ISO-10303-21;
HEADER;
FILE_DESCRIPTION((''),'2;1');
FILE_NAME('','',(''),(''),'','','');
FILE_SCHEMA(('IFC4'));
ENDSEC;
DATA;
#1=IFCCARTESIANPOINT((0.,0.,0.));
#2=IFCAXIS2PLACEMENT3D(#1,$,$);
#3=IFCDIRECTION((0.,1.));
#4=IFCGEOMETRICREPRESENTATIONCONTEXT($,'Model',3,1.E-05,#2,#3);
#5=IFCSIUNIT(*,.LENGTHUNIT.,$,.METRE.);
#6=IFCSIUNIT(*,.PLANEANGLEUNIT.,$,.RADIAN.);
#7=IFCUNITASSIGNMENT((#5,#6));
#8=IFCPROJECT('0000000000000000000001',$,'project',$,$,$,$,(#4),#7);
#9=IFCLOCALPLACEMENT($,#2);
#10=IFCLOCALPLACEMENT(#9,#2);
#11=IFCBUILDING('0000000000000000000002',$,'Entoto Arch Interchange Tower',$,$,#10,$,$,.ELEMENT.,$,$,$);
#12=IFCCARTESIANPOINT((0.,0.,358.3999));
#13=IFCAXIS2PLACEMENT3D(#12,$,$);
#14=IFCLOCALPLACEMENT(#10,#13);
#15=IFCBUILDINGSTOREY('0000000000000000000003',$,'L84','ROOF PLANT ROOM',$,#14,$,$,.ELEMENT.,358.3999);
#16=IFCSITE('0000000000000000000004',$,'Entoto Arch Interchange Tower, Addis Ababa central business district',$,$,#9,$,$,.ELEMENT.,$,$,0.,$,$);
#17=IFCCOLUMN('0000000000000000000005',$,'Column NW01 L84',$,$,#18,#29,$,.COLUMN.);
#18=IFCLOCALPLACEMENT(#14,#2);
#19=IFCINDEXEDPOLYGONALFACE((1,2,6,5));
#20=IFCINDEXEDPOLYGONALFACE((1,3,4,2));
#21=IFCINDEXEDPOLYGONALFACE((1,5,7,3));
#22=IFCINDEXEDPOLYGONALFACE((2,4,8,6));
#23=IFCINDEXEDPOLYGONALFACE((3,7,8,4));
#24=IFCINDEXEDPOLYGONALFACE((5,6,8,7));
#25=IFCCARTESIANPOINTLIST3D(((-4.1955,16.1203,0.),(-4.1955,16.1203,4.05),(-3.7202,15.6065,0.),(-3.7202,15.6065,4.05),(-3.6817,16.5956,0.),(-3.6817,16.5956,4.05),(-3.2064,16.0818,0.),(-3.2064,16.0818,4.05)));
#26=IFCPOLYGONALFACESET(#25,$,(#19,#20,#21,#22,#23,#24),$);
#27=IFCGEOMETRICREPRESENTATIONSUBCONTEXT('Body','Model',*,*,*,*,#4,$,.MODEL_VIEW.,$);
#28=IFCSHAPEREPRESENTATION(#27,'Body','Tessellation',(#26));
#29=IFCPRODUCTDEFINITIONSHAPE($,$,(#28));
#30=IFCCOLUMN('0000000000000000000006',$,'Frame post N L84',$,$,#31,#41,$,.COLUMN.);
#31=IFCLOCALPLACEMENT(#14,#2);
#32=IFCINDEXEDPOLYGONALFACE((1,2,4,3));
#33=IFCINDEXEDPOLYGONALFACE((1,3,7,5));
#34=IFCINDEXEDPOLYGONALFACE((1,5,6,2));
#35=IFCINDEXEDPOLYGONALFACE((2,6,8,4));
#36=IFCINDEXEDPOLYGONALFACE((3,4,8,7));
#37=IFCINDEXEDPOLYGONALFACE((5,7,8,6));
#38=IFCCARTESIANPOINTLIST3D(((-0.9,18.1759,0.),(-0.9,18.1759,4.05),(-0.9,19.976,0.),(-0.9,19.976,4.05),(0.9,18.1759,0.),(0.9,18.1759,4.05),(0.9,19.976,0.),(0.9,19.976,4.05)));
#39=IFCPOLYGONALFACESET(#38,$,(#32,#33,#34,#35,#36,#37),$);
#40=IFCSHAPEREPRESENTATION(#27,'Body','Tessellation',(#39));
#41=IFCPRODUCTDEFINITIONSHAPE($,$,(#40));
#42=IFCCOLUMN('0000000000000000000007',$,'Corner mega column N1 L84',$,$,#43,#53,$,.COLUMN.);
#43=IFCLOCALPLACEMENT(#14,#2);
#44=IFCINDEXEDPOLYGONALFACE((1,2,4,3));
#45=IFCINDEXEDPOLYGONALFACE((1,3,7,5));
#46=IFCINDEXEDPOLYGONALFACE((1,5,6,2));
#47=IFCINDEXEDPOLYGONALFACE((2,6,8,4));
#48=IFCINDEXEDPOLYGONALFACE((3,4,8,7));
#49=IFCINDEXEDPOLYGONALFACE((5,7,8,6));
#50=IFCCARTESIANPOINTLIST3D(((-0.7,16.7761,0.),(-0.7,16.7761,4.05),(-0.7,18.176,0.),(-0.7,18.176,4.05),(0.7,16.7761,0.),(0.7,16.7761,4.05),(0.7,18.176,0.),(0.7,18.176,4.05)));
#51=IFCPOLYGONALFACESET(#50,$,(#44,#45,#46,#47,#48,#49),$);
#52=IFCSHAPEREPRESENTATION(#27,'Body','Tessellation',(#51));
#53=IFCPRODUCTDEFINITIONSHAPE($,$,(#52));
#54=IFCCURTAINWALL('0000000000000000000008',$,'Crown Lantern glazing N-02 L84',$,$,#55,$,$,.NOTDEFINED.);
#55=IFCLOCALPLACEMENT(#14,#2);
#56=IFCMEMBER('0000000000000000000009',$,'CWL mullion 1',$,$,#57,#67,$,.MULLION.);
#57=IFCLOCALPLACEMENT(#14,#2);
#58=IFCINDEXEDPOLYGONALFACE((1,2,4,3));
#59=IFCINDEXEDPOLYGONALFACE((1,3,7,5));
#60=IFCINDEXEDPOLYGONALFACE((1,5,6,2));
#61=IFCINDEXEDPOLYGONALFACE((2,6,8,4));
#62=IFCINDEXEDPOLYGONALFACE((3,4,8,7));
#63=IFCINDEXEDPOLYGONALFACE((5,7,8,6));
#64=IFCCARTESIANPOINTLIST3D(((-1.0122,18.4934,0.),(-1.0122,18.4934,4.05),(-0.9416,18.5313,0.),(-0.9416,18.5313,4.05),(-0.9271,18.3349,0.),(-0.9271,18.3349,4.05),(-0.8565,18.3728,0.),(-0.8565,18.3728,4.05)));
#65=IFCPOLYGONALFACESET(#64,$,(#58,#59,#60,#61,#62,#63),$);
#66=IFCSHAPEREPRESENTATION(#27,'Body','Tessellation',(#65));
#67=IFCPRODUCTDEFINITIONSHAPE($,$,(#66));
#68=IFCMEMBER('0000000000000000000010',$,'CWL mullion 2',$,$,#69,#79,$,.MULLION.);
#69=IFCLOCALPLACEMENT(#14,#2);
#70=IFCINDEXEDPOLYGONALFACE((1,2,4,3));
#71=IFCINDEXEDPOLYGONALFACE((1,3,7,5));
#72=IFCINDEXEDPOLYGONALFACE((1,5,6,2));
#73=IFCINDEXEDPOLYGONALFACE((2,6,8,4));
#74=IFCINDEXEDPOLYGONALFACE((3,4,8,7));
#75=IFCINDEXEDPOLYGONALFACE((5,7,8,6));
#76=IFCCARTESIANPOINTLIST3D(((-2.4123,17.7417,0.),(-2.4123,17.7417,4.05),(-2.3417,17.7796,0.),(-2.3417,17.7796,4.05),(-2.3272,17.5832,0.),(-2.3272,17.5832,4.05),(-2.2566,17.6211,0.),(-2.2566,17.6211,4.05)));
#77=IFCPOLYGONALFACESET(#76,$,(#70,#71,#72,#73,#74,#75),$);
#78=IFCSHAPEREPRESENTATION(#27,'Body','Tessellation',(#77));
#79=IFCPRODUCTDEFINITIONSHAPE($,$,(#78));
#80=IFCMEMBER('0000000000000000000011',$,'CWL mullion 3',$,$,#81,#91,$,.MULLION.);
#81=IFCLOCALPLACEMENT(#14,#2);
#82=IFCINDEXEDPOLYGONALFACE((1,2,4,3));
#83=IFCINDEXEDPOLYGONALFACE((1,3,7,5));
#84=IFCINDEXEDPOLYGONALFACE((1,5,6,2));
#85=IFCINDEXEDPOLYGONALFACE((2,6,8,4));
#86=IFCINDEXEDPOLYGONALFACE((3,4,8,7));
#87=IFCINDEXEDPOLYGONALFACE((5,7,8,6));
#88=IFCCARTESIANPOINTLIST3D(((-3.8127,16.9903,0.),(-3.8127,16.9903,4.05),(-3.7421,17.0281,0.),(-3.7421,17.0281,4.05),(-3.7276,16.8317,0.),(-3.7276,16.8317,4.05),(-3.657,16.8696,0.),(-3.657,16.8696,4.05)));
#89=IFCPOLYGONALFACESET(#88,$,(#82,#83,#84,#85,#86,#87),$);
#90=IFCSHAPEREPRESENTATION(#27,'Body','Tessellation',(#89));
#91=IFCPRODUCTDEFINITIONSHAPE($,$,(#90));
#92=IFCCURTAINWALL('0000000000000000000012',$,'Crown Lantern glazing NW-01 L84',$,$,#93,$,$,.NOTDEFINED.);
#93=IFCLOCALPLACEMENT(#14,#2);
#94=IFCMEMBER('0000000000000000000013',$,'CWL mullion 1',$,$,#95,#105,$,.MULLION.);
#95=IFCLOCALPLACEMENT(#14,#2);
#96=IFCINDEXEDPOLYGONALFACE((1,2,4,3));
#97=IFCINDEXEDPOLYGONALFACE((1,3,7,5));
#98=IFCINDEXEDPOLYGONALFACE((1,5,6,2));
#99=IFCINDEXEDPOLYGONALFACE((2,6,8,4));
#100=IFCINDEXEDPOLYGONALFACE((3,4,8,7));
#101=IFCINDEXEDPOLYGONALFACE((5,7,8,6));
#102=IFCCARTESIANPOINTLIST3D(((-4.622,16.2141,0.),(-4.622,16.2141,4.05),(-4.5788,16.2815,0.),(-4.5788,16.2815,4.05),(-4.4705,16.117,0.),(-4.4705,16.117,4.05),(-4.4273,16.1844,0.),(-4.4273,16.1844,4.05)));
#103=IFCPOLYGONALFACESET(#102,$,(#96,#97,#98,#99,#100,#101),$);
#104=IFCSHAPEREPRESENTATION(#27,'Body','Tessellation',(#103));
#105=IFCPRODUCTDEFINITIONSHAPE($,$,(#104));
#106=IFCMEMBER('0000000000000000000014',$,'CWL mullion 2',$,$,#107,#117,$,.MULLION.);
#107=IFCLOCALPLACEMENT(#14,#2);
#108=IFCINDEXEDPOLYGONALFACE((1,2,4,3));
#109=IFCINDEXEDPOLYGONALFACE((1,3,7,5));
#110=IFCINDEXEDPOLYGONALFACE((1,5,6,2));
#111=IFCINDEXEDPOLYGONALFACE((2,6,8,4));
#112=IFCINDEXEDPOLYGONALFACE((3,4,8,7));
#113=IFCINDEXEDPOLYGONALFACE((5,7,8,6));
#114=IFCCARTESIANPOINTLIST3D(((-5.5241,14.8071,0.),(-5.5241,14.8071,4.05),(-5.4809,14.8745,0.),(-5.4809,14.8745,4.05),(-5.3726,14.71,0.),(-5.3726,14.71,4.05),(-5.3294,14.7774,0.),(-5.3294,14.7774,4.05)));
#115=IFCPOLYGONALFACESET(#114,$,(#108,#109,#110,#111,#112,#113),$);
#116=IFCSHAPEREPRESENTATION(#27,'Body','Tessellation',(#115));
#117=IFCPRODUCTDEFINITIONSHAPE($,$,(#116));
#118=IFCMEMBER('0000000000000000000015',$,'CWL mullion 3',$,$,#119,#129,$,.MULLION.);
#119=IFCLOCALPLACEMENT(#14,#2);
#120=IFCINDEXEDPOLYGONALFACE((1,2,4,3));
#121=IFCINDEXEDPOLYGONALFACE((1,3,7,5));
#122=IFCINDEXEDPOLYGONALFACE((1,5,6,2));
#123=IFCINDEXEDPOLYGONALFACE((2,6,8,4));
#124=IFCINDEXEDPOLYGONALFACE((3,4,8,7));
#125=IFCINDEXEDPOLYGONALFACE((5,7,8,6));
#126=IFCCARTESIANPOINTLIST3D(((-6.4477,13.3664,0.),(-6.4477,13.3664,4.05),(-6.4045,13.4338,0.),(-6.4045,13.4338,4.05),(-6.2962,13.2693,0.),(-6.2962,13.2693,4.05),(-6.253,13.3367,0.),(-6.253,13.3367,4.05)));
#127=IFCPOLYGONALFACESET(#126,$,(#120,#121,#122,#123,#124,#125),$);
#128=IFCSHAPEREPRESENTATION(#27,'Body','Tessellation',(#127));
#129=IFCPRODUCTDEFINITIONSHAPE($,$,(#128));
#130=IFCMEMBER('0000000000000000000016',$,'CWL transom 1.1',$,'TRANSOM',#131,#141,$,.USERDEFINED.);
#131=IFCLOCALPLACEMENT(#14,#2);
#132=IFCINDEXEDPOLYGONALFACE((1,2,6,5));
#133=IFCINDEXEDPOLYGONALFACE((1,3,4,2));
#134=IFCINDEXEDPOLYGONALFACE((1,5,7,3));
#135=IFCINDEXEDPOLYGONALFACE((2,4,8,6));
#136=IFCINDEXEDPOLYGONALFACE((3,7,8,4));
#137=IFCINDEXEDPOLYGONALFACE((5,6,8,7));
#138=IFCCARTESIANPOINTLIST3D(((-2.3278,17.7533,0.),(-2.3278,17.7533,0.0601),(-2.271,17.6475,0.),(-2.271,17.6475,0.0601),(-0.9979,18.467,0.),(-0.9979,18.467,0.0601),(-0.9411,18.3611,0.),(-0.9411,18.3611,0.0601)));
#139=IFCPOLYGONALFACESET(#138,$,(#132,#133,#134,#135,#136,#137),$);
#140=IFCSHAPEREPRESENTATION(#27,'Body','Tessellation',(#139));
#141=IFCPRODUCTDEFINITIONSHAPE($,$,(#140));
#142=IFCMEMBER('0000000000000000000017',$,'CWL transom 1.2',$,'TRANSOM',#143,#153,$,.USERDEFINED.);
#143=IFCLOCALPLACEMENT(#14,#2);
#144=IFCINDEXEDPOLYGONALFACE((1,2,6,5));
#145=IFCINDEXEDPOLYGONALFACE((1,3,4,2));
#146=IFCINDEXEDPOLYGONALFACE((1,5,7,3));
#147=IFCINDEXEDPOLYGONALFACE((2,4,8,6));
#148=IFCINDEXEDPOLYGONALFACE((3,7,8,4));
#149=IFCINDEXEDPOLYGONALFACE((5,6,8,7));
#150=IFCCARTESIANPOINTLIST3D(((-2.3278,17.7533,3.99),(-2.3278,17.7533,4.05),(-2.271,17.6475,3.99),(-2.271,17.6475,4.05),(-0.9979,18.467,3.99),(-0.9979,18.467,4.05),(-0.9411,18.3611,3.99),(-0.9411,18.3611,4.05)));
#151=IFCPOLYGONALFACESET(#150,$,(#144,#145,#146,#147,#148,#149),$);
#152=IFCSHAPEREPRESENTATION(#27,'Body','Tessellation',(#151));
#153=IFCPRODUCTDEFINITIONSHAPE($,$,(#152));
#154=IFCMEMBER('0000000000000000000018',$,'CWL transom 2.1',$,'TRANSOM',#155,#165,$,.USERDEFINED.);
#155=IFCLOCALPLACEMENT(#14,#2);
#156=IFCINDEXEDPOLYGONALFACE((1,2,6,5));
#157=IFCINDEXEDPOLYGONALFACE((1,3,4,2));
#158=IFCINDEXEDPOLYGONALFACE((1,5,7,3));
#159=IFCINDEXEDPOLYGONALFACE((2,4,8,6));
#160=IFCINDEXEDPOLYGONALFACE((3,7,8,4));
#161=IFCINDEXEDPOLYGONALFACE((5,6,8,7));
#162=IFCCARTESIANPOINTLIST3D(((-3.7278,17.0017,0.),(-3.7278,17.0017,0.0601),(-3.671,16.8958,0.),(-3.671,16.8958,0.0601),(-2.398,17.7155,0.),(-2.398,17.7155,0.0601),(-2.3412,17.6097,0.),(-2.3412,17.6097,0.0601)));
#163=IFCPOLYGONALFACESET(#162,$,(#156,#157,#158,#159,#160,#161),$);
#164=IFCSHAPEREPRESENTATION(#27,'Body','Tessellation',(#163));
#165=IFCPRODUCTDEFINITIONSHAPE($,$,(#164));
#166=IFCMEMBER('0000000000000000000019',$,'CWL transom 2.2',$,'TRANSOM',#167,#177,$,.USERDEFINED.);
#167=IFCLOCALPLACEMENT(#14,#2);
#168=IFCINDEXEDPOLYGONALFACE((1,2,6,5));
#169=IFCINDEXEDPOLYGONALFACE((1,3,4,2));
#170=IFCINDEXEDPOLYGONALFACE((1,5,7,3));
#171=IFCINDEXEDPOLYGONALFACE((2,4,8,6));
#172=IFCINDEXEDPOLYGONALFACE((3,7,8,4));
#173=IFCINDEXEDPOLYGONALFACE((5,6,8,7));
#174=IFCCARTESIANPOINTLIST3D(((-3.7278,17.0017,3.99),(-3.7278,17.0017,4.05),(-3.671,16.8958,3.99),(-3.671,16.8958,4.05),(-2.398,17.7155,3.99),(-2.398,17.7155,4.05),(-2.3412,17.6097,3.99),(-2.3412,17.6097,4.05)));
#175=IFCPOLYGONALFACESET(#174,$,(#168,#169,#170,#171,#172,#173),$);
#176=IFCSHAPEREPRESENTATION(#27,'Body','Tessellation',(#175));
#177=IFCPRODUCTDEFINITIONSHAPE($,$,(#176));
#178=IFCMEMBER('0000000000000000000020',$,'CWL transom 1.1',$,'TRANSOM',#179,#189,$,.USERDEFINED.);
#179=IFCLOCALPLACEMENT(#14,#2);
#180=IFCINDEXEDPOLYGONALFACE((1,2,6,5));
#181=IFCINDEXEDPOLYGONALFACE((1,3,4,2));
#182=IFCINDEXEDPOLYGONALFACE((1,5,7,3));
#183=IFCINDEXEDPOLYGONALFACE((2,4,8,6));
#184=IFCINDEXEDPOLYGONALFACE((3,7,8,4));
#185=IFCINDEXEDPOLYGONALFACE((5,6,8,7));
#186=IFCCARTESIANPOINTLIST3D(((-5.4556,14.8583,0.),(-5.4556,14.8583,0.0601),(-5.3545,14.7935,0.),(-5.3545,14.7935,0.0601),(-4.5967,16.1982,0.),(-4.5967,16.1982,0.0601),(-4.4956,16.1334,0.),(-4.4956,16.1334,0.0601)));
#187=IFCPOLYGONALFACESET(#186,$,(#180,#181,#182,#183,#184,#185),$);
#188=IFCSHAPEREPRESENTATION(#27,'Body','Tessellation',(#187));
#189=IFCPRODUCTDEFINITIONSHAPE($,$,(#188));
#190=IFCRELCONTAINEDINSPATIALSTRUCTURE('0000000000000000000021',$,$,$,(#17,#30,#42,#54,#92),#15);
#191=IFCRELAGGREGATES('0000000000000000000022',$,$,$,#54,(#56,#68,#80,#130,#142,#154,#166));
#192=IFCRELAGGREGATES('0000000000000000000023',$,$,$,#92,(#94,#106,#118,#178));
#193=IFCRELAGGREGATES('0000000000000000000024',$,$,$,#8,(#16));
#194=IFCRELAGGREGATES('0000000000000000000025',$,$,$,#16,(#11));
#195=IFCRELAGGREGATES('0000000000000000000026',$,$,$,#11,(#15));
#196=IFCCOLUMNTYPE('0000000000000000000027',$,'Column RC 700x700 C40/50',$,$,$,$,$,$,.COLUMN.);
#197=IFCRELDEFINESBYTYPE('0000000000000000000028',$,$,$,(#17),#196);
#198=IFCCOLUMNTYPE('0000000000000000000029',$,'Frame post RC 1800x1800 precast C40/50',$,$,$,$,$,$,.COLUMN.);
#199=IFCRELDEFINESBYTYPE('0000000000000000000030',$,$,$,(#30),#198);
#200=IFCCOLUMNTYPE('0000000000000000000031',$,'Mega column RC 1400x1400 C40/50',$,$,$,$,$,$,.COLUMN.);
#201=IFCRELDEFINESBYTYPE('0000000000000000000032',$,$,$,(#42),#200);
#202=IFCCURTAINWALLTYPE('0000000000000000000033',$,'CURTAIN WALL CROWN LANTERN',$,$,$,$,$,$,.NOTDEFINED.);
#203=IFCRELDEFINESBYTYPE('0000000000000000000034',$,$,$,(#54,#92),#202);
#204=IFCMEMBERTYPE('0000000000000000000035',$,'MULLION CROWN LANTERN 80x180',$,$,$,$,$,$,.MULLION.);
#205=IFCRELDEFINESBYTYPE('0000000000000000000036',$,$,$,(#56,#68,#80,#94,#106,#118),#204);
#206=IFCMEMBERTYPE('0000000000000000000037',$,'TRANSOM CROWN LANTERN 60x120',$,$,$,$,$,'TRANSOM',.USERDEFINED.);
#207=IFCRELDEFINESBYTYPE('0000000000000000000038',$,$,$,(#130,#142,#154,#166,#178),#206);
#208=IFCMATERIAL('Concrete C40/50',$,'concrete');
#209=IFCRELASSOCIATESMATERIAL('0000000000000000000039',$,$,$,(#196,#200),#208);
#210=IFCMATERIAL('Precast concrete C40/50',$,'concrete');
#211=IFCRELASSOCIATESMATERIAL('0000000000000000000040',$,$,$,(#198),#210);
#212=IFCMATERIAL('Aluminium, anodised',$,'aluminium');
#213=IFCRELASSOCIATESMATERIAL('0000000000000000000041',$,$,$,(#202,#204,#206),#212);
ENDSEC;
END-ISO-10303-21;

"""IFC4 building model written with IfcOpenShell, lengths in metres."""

from ifc_helpers import new_model, si_unit, direction, frame, origin, origin_2d, place, context, subcontext, project, spatial, rectangle, extrude, material, material_profile, profile_set, type_object, element, aggregate, save


model = new_model("IFC4")

# Units and contexts
model_context = context("Model", 3, precision=1e-05, world=origin(), true_north=direction((0.0, 1.0)))
body_context = subcontext(model_context, "Body", "Model", "MODEL_VIEW")
ifc_project = project(units=[si_unit("LENGTHUNIT", "METRE"), si_unit("PLANEANGLEUNIT", "RADIAN")], contexts=[model_context])

# Site, building, storey
site_placement = place(None, origin())
site = spatial("IfcSite", under=ifc_project, at=site_placement, Name="Entoto Arch Interchange Tower, Addis Ababa central business district", CompositionType="ELEMENT", RefElevation=0.0)
building_placement = place(site_placement, origin())
building = spatial("IfcBuilding", under=site, at=building_placement, Name="Entoto Arch Interchange Tower", CompositionType="ELEMENT")
storey_placement = place(building_placement, frame((0.0, 0.0, 358.3999)))
storey = spatial("IfcBuildingStorey", under=building, at=storey_placement, Name="L84", Description="ROOF PLANT ROOM", CompositionType="ELEMENT", Elevation=358.3999)

# Columns
ifc_material_1 = material(Name="Concrete C40/50", Category="concrete")
ifc_material_profile_1 = material_profile(ifc_material_1, rectangle(XDim=0.7, YDim=0.7, at=origin_2d()))
ifc_profile_set_1 = profile_set([ifc_material_profile_1], Name="Concrete C40/50")
column_type_1 = type_object("IfcColumnType", Name="Column RC 700x700 C40/50", PredefinedType="COLUMN", material=ifc_profile_set_1)
column_1_placement = place(storey_placement, frame((-3.7009, 16.1011, 0.0), z_axis=(0.0, 0.0, 1.0), x_axis=(0.73405, 0.679095, 0.0)))
element("IfcColumn", 1, at=column_1_placement, inside=storey, type_object=column_type_1, Name="Column NW01 L84", PredefinedType="COLUMN", context=body_context, shape_type="SweptSolid", body=[
    extrude(rectangle(XDim=0.7, YDim=0.7, at=origin_2d()), origin(), (0.0, 0.0, 1.0), 4.05),
])
ifc_material_2 = material(Name="Precast concrete C40/50", Category="concrete")
ifc_material_profile_2 = material_profile(ifc_material_2, rectangle(XDim=1.8, YDim=1.8, at=origin_2d()))
ifc_profile_set_2 = profile_set([ifc_material_profile_2], Name="Precast concrete C40/50")
column_type_2 = type_object("IfcColumnType", Name="Frame post RC 1800x1800 precast C40/50", PredefinedType="COLUMN", material=ifc_profile_set_2)
column_2_placement = place(storey_placement, frame((0.0, 19.0759, 0.0), z_axis=(0.0, 0.0, 1.0), x_axis=(0.0, 1.0, 0.0)))
element("IfcColumn", 2, at=column_2_placement, inside=storey, type_object=column_type_2, Name="Frame post N L84", PredefinedType="COLUMN", context=body_context, shape_type="SweptSolid", body=[
    extrude(rectangle(XDim=1.8, YDim=1.8, at=origin_2d()), origin(), (0.0, 0.0, 1.0), 4.05),
])
ifc_material_profile_3 = material_profile(ifc_material_1, rectangle(XDim=1.3999, YDim=1.3999, at=origin_2d()))
ifc_profile_set_3 = profile_set([ifc_material_profile_3], Name="Concrete C40/50")
column_type_3 = type_object("IfcColumnType", Name="Mega column RC 1400x1400 C40/50", PredefinedType="COLUMN", material=ifc_profile_set_3)
column_3_placement = place(storey_placement, frame((0.0, 17.4761, 0.0), z_axis=(0.0, 0.0, 1.0), x_axis=(0.0, 1.0, 0.0)))
element("IfcColumn", 3, at=column_3_placement, inside=storey, type_object=column_type_3, Name="Corner mega column N1 L84", PredefinedType="COLUMN", context=body_context, shape_type="SweptSolid", body=[
    extrude(rectangle(XDim=1.3999, YDim=1.3999, at=origin_2d()), origin(), (0.0, 0.0, 1.0), 4.05),
])

# Curtain walls, members
ifc_material_3 = material(Name="Aluminium, anodised", Category="aluminium")
curtain_wall_type = type_object("IfcCurtainWallType", Name="CURTAIN WALL CROWN LANTERN", PredefinedType="NOTDEFINED", material=ifc_material_3)
curtain_wall_1_placement = place(storey_placement, origin())
curtain_wall_1 = element("IfcCurtainWall", 4, at=curtain_wall_1_placement, inside=storey, type_object=curtain_wall_type, Name="Crown Lantern glazing N-02 L84", PredefinedType="NOTDEFINED")
ifc_material_profile_4 = material_profile(ifc_material_3, rectangle(XDim=0.1799, YDim=0.0801, at=origin_2d()))
ifc_profile_set_4 = profile_set([ifc_material_profile_4], Name="Aluminium, anodised")
member_type_1 = type_object("IfcMemberType", Name="MULLION CROWN LANTERN 80x180", PredefinedType="MULLION", material=ifc_profile_set_4)
member_1_placement = place(storey_placement, frame((-0.9343, 18.4331, 0.0), z_axis=(0.0, 0.0, 1.0), x_axis=(0.472928, -0.881101, 0.0)))
member_1 = element("IfcMember", 5, at=member_1_placement, type_object=member_type_1, Name="CWL mullion 1", PredefinedType="MULLION", context=body_context, shape_type="SweptSolid", body=[
    extrude(rectangle(XDim=0.1799, YDim=0.0801, at=origin_2d()), origin(), (0.0, 0.0, 1.0), 4.05),
])
member_2_placement = place(storey_placement, frame((-2.3345, 17.6814, 0.0), z_axis=(0.0, 0.0, 1.0), x_axis=(0.472928, -0.881101, 0.0)))
member_2 = element("IfcMember", 6, at=member_2_placement, type_object=member_type_1, Name="CWL mullion 2", PredefinedType="MULLION", context=body_context, shape_type="SweptSolid", body=[
    extrude(rectangle(XDim=0.1799, YDim=0.0801, at=origin_2d()), origin(), (0.0, 0.0, 1.0), 4.05),
])
member_3_placement = place(storey_placement, frame((-3.7349, 16.9299, 0.0), z_axis=(0.0, 0.0, 1.0), x_axis=(0.472928, -0.881101, 0.0)))
member_3 = element("IfcMember", 7, at=member_3_placement, type_object=member_type_1, Name="CWL mullion 3", PredefinedType="MULLION", context=body_context, shape_type="SweptSolid", body=[
    extrude(rectangle(XDim=0.1799, YDim=0.0801, at=origin_2d()), origin(), (0.0, 0.0, 1.0), 4.05),
])
curtain_wall_2_placement = place(storey_placement, origin())
curtain_wall_2 = element("IfcCurtainWall", 8, at=curtain_wall_2_placement, inside=storey, type_object=curtain_wall_type, Name="Crown Lantern glazing NW-01 L84", PredefinedType="NOTDEFINED")
member_4_placement = place(storey_placement, frame((-4.5247, 16.1992, 0.0), z_axis=(0.0, 0.0, 1.0), x_axis=(0.841836, -0.539733, 0.0)))
member_4 = element("IfcMember", 9, at=member_4_placement, type_object=member_type_1, Name="CWL mullion 1", PredefinedType="MULLION", context=body_context, shape_type="SweptSolid", body=[
    extrude(rectangle(XDim=0.1799, YDim=0.0801, at=origin_2d()), origin(), (0.0, 0.0, 1.0), 4.05),
])
member_5_placement = place(storey_placement, frame((-5.4268, 14.7922, 0.0), z_axis=(0.0, 0.0, 1.0), x_axis=(0.841836, -0.539733, 0.0)))
member_5 = element("IfcMember", 10, at=member_5_placement, type_object=member_type_1, Name="CWL mullion 2", PredefinedType="MULLION", context=body_context, shape_type="SweptSolid", body=[
    extrude(rectangle(XDim=0.1799, YDim=0.0801, at=origin_2d()), origin(), (0.0, 0.0, 1.0), 4.05),
])
member_6_placement = place(storey_placement, frame((-6.3503, 13.3516, 0.0), z_axis=(0.0, 0.0, 1.0), x_axis=(0.841836, -0.539733, 0.0)))
member_6 = element("IfcMember", 11, at=member_6_placement, type_object=member_type_1, Name="CWL mullion 3", PredefinedType="MULLION", context=body_context, shape_type="SweptSolid", body=[
    extrude(rectangle(XDim=0.1799, YDim=0.0801, at=origin_2d()), origin(), (0.0, 0.0, 1.0), 4.05),
])

# Members
ifc_material_profile_5 = material_profile(ifc_material_3, rectangle(XDim=0.1201, YDim=0.0601, at=origin_2d()))
ifc_profile_set_5 = profile_set([ifc_material_profile_5], Name="Aluminium, anodised")
member_type_2 = type_object("IfcMemberType", Name="TRANSOM CROWN LANTERN 60x120", ElementType="TRANSOM", PredefinedType="USERDEFINED", material=ifc_profile_set_5)
member_7_placement = place(storey_placement, frame((-0.9695, 18.4141, 0.03), z_axis=(-0.881145, -0.472845, 0.0), x_axis=(0.472845, -0.881145, 0.0)))
member_7 = element("IfcMember", 12, at=member_7_placement, type_object=member_type_2, Name="CWL transom 1.1", ObjectType="TRANSOM", PredefinedType="USERDEFINED", context=body_context, shape_type="SweptSolid", body=[
    extrude(rectangle(XDim=0.1201, YDim=0.0601, at=origin_2d()), origin(), (0.0, 0.0, 1.0), 1.5093),
])
member_8_placement = place(storey_placement, frame((-0.9695, 18.4141, 4.02), z_axis=(-0.881145, -0.472845, 0.0), x_axis=(0.472845, -0.881145, 0.0)))
member_8 = element("IfcMember", 13, at=member_8_placement, type_object=member_type_2, Name="CWL transom 1.2", ObjectType="TRANSOM", PredefinedType="USERDEFINED", context=body_context, shape_type="SweptSolid", body=[
    extrude(rectangle(XDim=0.1201, YDim=0.0601, at=origin_2d()), origin(), (0.0, 0.0, 1.0), 1.5093),
])
member_9_placement = place(storey_placement, frame((-2.3696, 17.6626, 0.03), z_axis=(-0.881078, -0.472971, 0.0), x_axis=(0.472971, -0.881078, 0.0)))
member_9 = element("IfcMember", 14, at=member_9_placement, type_object=member_type_2, Name="CWL transom 2.1", ObjectType="TRANSOM", PredefinedType="USERDEFINED", context=body_context, shape_type="SweptSolid", body=[
    extrude(rectangle(XDim=0.1201, YDim=0.0601, at=origin_2d()), origin(), (0.0, 0.0, 1.0), 1.5093),
])
member_10_placement = place(storey_placement, frame((-2.3696, 17.6626, 4.02), z_axis=(-0.881078, -0.472971, 0.0), x_axis=(0.472971, -0.881078, 0.0)))
member_10 = element("IfcMember", 15, at=member_10_placement, type_object=member_type_2, Name="CWL transom 2.2", ObjectType="TRANSOM", PredefinedType="USERDEFINED", context=body_context, shape_type="SweptSolid", body=[
    extrude(rectangle(XDim=0.1201, YDim=0.0601, at=origin_2d()), origin(), (0.0, 0.0, 1.0), 1.5093),
])
member_11_placement = place(storey_placement, frame((-4.5461, 16.1658, 0.03), z_axis=(-0.539672, -0.841876, 0.0), x_axis=(0.841876, -0.539672, 0.0)))
member_11 = element("IfcMember", 16, at=member_11_placement, type_object=member_type_2, Name="CWL transom 1.1", ObjectType="TRANSOM", PredefinedType="USERDEFINED", context=body_context, shape_type="SweptSolid", body=[
    extrude(rectangle(XDim=0.1201, YDim=0.0601, at=origin_2d()), origin(), (0.0, 0.0, 1.0), 1.5916),
])

aggregate(curtain_wall_1, [member_1, member_2, member_3, member_7, member_8, member_9, member_10])
aggregate(curtain_wall_2, [member_4, member_5, member_6, member_11])

save(model, "model.ifc")
